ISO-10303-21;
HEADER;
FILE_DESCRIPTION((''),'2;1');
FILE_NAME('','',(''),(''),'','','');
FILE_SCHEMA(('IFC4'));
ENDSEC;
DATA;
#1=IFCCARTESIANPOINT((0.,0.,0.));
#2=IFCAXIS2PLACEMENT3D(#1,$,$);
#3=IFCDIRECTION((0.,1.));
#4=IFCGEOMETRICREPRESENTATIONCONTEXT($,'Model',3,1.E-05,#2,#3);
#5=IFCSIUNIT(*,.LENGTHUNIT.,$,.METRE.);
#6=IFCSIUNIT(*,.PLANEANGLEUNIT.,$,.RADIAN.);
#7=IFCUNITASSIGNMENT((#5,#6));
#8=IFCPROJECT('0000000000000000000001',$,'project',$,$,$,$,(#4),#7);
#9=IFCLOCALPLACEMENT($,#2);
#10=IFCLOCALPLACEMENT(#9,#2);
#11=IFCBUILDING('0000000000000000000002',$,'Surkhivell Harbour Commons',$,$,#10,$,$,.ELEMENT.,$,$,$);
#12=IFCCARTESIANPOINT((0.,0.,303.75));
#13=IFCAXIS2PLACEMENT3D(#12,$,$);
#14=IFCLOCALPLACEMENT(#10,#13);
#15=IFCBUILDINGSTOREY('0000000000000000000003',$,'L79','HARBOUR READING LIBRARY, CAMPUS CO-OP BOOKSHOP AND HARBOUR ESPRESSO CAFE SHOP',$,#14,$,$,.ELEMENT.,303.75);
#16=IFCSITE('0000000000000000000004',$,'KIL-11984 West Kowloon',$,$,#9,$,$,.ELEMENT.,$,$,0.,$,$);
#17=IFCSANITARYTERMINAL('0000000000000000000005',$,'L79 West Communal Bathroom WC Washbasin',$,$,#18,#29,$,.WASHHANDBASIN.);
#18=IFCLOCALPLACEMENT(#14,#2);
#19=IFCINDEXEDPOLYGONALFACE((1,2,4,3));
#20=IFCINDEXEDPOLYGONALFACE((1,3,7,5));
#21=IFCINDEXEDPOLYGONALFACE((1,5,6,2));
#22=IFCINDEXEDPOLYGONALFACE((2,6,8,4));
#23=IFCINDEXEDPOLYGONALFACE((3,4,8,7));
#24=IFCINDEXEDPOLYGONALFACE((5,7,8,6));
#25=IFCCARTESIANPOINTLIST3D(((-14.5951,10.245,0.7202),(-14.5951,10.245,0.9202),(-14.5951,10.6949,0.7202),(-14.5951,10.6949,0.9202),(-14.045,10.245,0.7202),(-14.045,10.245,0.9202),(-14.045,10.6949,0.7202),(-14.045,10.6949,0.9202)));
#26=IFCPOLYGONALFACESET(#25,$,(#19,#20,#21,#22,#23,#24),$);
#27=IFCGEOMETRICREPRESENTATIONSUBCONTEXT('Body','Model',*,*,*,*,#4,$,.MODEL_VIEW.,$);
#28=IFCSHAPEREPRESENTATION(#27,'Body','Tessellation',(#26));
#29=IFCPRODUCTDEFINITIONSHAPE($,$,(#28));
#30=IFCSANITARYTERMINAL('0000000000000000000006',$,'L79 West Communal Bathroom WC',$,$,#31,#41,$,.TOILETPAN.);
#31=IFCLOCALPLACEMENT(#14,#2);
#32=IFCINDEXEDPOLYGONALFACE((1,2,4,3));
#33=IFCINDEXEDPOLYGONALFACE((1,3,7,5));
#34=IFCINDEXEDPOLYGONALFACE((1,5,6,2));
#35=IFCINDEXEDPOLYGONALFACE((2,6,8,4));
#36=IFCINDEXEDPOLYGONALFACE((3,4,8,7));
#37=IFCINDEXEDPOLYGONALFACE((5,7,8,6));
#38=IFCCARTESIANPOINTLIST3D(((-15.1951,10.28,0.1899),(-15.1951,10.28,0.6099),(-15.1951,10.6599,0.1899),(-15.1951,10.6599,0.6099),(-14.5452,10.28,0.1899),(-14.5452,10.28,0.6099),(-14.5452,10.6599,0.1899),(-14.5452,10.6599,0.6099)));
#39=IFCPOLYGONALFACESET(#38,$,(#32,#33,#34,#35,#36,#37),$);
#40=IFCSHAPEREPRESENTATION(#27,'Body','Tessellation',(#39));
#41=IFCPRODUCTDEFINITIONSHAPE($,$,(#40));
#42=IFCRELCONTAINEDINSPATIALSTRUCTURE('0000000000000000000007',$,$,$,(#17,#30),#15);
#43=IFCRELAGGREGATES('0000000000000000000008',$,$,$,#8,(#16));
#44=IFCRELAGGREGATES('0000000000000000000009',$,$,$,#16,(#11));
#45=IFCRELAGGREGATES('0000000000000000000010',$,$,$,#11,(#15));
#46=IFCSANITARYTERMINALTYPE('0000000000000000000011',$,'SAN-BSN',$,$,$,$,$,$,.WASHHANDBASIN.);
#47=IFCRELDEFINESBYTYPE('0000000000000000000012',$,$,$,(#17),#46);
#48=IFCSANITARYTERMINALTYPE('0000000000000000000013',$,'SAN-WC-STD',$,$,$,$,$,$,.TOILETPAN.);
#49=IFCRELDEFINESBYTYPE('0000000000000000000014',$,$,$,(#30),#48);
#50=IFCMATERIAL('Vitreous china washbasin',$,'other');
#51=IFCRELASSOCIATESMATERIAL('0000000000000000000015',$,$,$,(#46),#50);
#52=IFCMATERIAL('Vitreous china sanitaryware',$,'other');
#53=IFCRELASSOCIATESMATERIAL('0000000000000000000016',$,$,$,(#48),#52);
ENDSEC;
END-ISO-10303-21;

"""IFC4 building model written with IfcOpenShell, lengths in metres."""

from ifc_helpers import new_model, si_unit, direction, frame, origin, origin_2d, place, context, subcontext, project, spatial, rectangle, extrude, material, type_object, element, save


model = new_model("IFC4")

# Units and contexts
model_context = context("Model", 3, precision=1e-05, world=origin(), true_north=direction((0.0, 1.0)))
body_context = subcontext(model_context, "Body", "Model", "MODEL_VIEW")
ifc_project = project(units=[si_unit("LENGTHUNIT", "METRE"), si_unit("PLANEANGLEUNIT", "RADIAN")], contexts=[model_context])

# Site, building, storey
site_placement = place(None, origin())
site = spatial("IfcSite", under=ifc_project, at=site_placement, Name="KIL-11984 West Kowloon", CompositionType="ELEMENT", RefElevation=0.0)
building_placement = place(site_placement, origin())
building = spatial("IfcBuilding", under=site, at=building_placement, Name="Surkhivell Harbour Commons", CompositionType="ELEMENT")
storey_placement = place(building_placement, frame((0.0, 0.0, 303.75)))
storey = spatial("IfcBuildingStorey", under=building, at=storey_placement, Name="L79", Description="HARBOUR READING LIBRARY, CAMPUS CO-OP BOOKSHOP AND HARBOUR ESPRESSO CAFE SHOP", CompositionType="ELEMENT", Elevation=303.75)

# Sanitary terminals
ifc_material_1 = material(Name="Vitreous china washbasin", Category="other")
sanitary_terminal_type_1 = type_object("IfcSanitaryTerminalType", Name="SAN-BSN", PredefinedType="WASHHANDBASIN", material=ifc_material_1)
sanitary_terminal_1_placement = place(storey_placement, frame((-14.3201, 10.47, 0.7202), z_axis=(0.0, 0.0, 1.0), x_axis=(1.0, 0.0, 0.0)))
element("IfcSanitaryTerminal", 1, at=sanitary_terminal_1_placement, inside=storey, type_object=sanitary_terminal_type_1, Name="L79 West Communal Bathroom WC Washbasin", PredefinedType="WASHHANDBASIN", context=body_context, shape_type="SweptSolid", body=[
    extrude(rectangle(XDim=0.55, YDim=0.45, at=origin_2d()), origin(), (0.0, 0.0, 1.0), 0.2),
])
ifc_material_2 = material(Name="Vitreous china sanitaryware", Category="other")
sanitary_terminal_type_2 = type_object("IfcSanitaryTerminalType", Name="SAN-WC-STD", PredefinedType="TOILETPAN", material=ifc_material_2)
sanitary_terminal_2_placement = place(storey_placement, frame((-14.8701, 10.47, 0.1899), z_axis=(0.0, 0.0, 1.0), x_axis=(1.0, 0.0, 0.0)))
element("IfcSanitaryTerminal", 2, at=sanitary_terminal_2_placement, inside=storey, type_object=sanitary_terminal_type_2, Name="L79 West Communal Bathroom WC", PredefinedType="TOILETPAN", context=body_context, shape_type="SweptSolid", body=[
    extrude(rectangle(XDim=0.6499, YDim=0.3799, at=origin_2d()), origin(), (0.0, 0.0, 1.0), 0.4199),
])

save(model, "model.ifc")
